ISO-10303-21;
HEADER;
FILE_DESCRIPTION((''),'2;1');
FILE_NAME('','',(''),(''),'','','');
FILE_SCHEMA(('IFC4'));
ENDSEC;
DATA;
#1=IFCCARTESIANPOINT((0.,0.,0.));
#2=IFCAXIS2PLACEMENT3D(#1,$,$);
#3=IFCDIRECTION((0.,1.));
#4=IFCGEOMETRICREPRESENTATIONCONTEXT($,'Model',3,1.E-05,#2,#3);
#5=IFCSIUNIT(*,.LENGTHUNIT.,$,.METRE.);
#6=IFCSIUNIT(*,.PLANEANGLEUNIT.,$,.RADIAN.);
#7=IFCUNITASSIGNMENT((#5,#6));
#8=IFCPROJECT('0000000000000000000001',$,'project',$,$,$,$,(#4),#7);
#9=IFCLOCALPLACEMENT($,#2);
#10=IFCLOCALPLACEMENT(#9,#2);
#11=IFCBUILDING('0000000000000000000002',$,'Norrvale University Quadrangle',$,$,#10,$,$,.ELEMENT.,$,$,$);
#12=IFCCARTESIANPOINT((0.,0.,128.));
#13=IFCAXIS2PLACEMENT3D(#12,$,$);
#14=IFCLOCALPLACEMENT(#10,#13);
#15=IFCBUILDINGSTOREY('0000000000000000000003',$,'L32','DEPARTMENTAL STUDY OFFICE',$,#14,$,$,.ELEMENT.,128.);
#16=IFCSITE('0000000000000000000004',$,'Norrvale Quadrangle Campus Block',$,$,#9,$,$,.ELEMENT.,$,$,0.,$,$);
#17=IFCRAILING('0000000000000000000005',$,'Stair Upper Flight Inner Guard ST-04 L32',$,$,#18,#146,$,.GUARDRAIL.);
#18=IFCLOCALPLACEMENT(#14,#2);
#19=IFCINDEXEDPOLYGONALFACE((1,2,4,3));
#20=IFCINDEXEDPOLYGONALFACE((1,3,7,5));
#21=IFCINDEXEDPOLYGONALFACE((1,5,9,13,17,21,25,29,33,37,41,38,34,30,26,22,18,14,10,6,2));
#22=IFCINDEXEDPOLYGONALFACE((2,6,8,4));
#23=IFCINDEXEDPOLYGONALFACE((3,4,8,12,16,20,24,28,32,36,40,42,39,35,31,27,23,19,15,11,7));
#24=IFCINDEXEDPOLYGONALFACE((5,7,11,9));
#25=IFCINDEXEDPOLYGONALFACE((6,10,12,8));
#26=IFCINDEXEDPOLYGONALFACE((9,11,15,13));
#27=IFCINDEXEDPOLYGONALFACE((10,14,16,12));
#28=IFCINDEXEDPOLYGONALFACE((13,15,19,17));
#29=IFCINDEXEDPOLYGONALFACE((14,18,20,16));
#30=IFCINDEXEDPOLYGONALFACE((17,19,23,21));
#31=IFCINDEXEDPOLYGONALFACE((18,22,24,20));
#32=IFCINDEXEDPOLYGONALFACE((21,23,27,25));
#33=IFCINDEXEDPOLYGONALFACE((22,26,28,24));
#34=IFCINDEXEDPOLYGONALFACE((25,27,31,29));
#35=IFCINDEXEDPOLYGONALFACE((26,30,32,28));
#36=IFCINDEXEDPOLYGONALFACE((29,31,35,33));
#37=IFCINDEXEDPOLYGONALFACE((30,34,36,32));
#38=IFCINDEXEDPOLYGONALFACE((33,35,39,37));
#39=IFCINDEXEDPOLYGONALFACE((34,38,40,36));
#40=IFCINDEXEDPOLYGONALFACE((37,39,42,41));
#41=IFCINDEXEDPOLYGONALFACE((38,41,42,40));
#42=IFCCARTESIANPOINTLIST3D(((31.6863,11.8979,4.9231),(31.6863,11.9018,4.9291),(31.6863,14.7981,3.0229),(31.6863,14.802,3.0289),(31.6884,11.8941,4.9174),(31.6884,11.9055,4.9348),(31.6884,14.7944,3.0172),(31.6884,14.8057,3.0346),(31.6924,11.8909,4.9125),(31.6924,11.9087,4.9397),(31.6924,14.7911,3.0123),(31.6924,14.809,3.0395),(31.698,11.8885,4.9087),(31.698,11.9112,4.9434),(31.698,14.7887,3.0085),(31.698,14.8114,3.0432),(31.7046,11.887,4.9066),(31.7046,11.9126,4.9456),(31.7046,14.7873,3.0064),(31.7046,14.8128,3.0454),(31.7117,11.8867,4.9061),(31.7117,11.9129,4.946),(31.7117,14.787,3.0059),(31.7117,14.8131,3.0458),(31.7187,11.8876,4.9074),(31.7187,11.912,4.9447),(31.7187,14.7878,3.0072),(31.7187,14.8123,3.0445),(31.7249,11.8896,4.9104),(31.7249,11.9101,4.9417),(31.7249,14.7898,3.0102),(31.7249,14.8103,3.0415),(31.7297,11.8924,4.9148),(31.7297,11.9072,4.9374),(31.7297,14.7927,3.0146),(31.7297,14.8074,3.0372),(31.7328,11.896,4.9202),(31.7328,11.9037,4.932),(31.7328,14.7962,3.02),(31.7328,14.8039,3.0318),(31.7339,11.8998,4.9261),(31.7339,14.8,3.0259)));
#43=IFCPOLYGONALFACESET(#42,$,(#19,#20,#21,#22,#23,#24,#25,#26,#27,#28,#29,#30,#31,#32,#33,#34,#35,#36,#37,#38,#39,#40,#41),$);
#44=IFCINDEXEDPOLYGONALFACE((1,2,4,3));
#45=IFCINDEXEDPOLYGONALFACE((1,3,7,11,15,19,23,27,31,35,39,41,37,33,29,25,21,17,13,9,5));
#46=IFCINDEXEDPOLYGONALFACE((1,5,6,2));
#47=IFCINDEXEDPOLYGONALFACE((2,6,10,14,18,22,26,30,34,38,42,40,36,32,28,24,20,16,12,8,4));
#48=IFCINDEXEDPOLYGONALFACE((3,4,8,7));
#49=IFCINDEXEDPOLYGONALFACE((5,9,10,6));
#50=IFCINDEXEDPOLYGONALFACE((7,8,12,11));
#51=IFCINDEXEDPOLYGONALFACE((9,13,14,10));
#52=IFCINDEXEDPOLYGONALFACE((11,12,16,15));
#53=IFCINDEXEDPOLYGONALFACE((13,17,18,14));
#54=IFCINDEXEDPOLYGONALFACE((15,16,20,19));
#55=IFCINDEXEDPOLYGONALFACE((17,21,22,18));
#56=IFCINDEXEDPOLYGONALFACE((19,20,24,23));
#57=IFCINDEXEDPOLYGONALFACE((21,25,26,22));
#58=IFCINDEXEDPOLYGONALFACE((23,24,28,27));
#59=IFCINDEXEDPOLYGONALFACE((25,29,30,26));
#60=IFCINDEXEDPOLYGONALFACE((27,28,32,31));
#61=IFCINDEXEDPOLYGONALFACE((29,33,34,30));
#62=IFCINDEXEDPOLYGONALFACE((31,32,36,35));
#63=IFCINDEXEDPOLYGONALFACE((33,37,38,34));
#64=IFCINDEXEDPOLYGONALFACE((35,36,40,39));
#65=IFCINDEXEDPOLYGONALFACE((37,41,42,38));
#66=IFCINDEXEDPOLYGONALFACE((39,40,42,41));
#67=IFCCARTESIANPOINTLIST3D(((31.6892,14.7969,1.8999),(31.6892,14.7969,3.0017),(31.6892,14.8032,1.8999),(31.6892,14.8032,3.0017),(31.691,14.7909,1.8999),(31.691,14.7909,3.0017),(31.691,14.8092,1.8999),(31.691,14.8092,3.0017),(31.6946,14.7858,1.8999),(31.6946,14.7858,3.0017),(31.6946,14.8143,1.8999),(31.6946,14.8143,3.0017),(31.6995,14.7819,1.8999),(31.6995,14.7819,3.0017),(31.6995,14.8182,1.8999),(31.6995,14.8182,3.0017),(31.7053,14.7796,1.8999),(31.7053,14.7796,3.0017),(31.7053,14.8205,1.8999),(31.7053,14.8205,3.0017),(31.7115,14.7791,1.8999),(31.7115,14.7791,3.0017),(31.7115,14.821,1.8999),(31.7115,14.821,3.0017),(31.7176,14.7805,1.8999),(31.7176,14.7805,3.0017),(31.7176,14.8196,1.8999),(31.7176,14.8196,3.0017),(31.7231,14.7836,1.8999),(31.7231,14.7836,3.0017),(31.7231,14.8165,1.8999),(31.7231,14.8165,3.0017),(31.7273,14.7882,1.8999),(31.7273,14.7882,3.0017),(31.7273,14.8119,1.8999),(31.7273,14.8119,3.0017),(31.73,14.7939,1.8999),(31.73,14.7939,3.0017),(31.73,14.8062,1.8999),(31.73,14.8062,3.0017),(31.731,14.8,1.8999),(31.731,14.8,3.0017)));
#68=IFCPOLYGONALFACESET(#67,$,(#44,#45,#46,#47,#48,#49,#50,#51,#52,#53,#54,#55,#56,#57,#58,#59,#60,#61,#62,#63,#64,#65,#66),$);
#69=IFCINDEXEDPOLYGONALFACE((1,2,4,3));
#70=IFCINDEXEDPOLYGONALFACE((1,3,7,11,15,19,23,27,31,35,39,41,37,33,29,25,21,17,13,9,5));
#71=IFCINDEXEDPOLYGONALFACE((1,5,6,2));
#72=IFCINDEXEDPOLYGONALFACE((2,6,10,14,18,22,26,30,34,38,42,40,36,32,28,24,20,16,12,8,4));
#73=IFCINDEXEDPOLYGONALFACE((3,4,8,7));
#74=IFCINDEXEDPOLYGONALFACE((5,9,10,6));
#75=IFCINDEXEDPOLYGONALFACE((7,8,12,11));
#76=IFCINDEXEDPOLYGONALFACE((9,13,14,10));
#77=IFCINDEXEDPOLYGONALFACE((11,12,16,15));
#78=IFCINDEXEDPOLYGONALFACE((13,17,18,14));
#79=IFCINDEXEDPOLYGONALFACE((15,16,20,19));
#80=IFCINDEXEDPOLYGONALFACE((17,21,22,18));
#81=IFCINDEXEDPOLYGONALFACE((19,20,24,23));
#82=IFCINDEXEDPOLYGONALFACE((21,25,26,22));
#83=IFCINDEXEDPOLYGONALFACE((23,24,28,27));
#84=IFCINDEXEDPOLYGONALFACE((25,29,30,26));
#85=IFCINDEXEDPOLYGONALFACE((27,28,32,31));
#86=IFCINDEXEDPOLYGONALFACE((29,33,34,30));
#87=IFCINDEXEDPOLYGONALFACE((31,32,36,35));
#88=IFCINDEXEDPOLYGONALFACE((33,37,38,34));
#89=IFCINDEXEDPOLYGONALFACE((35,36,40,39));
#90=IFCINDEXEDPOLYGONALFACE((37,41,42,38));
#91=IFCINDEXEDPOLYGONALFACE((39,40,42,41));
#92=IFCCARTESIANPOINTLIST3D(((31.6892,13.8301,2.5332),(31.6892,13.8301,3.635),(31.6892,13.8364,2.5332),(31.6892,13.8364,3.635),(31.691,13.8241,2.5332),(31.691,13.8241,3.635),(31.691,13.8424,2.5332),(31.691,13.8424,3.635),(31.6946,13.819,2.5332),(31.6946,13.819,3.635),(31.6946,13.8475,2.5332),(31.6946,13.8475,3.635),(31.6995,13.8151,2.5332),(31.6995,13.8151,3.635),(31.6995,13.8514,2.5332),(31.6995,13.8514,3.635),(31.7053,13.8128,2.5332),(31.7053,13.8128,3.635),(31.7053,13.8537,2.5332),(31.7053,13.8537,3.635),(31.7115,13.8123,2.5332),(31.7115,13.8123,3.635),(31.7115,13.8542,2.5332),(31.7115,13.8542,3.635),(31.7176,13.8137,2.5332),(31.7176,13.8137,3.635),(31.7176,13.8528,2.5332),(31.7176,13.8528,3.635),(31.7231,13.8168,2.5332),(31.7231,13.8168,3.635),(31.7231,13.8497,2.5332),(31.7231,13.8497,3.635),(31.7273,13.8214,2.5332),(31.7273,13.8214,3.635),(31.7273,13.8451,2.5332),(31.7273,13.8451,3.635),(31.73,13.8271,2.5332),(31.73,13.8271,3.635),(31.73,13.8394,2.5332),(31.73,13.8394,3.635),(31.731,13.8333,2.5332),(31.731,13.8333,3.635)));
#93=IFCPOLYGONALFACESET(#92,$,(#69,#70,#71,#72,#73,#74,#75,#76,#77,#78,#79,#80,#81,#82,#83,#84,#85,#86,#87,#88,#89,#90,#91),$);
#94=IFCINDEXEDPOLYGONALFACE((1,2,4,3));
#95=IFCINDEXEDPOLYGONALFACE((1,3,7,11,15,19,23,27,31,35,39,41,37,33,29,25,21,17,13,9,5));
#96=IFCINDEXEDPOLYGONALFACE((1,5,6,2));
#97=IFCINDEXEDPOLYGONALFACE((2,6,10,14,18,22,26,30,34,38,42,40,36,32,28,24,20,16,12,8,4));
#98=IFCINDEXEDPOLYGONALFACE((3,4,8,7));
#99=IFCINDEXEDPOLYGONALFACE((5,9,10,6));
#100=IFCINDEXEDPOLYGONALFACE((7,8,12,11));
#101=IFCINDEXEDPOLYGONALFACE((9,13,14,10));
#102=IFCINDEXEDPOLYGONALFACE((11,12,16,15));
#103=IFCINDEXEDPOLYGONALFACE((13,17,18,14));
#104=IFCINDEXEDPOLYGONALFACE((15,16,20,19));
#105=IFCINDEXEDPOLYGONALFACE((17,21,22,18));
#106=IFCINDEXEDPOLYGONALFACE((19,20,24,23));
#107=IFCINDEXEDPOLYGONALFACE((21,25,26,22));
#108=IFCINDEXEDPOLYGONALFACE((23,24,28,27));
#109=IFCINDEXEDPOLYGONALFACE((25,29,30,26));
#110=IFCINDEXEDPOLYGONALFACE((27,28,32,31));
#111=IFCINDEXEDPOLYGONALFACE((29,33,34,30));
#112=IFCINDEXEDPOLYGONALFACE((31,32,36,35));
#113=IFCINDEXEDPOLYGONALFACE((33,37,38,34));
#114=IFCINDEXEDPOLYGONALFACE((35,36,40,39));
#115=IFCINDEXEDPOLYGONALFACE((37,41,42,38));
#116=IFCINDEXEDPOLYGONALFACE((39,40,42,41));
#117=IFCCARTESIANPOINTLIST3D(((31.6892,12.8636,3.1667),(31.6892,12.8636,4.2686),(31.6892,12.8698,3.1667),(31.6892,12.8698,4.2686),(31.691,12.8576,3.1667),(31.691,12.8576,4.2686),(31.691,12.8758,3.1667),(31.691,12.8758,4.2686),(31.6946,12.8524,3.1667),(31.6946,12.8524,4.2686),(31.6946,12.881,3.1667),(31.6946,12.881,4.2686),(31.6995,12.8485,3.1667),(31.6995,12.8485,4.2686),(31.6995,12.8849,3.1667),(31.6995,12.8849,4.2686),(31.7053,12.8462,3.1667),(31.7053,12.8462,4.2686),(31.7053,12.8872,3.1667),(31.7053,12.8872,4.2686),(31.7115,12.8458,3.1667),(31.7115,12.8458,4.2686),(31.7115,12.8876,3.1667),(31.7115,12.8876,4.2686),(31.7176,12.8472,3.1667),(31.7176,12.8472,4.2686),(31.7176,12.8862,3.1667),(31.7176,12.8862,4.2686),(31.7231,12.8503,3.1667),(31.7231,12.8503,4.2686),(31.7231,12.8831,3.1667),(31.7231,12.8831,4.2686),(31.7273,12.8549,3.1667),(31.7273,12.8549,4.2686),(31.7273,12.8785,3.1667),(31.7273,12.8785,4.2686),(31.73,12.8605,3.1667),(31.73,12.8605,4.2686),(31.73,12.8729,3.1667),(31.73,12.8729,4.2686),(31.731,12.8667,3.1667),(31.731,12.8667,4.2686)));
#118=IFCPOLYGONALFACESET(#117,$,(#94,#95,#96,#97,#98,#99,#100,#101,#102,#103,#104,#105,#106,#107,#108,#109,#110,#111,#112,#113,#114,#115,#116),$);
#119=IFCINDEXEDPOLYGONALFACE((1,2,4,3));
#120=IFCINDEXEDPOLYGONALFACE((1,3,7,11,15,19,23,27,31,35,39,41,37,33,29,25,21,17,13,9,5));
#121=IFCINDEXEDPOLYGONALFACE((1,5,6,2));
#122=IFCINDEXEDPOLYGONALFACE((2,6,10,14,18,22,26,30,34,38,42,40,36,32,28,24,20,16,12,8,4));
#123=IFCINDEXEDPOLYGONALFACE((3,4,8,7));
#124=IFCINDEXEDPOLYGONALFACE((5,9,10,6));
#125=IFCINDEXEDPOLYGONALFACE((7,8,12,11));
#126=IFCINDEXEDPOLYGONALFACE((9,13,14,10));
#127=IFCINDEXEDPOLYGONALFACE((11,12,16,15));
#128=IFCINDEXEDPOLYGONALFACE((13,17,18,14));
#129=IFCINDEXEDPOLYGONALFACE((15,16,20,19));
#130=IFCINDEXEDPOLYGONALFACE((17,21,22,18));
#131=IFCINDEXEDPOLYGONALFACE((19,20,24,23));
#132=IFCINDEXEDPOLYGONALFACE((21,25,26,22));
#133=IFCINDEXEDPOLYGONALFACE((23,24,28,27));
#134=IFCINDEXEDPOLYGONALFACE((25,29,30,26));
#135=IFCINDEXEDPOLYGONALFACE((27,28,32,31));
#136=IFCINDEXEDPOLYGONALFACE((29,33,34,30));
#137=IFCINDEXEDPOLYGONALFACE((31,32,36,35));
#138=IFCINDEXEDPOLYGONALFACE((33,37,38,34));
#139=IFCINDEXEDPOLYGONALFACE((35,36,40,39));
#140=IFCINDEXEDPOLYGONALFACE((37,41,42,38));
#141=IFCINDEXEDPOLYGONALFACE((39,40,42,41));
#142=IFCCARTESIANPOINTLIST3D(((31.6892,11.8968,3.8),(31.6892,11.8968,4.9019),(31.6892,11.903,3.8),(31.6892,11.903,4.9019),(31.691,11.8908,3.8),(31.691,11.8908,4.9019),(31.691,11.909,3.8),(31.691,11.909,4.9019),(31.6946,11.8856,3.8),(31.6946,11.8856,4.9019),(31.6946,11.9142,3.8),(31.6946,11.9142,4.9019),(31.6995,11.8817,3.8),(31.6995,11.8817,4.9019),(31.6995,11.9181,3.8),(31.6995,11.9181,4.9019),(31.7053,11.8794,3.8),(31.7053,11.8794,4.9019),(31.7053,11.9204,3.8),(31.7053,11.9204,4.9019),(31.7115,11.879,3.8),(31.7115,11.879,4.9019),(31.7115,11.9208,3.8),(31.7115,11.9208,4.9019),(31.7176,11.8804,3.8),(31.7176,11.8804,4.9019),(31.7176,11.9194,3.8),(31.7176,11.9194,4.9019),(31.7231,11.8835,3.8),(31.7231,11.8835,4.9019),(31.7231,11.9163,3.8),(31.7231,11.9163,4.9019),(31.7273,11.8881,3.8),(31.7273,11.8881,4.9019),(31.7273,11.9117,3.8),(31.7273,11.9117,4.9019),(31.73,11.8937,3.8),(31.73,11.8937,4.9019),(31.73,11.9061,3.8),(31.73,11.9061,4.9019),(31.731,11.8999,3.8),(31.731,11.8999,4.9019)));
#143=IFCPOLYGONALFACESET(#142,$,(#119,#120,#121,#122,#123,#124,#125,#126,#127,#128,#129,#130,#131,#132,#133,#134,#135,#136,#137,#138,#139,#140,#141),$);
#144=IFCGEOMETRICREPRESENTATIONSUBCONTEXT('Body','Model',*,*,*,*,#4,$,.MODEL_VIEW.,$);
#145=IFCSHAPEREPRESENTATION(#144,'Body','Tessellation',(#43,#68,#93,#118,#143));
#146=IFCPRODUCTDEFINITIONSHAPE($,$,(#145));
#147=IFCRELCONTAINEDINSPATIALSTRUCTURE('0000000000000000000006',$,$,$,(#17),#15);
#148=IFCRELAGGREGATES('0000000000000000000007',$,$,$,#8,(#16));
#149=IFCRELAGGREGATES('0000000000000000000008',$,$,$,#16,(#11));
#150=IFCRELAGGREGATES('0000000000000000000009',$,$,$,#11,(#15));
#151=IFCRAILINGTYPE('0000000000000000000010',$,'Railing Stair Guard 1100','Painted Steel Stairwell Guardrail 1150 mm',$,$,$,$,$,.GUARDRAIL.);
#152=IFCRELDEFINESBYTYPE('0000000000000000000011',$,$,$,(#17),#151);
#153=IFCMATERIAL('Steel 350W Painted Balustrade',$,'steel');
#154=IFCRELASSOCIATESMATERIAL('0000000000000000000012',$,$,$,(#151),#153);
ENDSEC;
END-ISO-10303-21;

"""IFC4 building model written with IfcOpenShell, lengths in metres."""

from ifc_helpers import new_model, si_unit, direction, frame, origin, origin_2d, place, context, subcontext, project, spatial, circle, extrude, material, type_object, element, save


model = new_model("IFC4")

# Units and contexts
model_context = context("Model", 3, precision=1e-05, world=origin(), true_north=direction((0.0, 1.0)))
body_context = subcontext(model_context, "Body", "Model", "MODEL_VIEW")
ifc_project = project(units=[si_unit("LENGTHUNIT", "METRE"), si_unit("PLANEANGLEUNIT", "RADIAN")], contexts=[model_context])

# Site, building, storey
site_placement = place(None, origin())
site = spatial("IfcSite", under=ifc_project, at=site_placement, Name="Norrvale Quadrangle Campus Block", CompositionType="ELEMENT", RefElevation=0.0)
building_placement = place(site_placement, origin())
building = spatial("IfcBuilding", under=site, at=building_placement, Name="Norrvale University Quadrangle", CompositionType="ELEMENT")
storey_placement = place(building_placement, frame((0.0, 0.0, 128.0)))
storey = spatial("IfcBuildingStorey", under=building, at=storey_placement, Name="L32", Description="DEPARTMENTAL STUDY OFFICE", CompositionType="ELEMENT", Elevation=128.0)

# Railing
ifc_material_1 = material(Name="Steel 350W Painted Balustrade", Category="steel")
railing_type_1 = type_object("IfcRailingType", Name="Railing Stair Guard 1100", Description="Painted Steel Stairwell Guardrail 1150 mm", PredefinedType="GUARDRAIL", material=ifc_material_1)
railing_1_placement = place(storey_placement, frame((31.71, 14.8, 1.8999)))
element("IfcRailing", 1, at=railing_1_placement, inside=storey, type_object=railing_type_1, Name="Stair Upper Flight Inner Guard ST-04 L32", PredefinedType="GUARDRAIL", context=body_context, shape_type="SweptSolid", body=[
    extrude(circle(Radius=0.0239, at=origin_2d()), frame((0.0, 0.0, 1.126), z_axis=(0.0, -0.836454, 0.548036), x_axis=(1.0, 0.0, 0.0)), (0.0, 0.0, 1.0), 3.4673),
    extrude(circle(Radius=0.021, at=origin_2d()), origin(), (0.0, 0.0, 1.0), 1.1018),
    extrude(circle(Radius=0.021, at=origin_2d()), frame((0.0, -0.9668, 0.6333)), (0.0, 0.0, 1.0), 1.1018),
    extrude(circle(Radius=0.021, at=origin_2d()), frame((0.0, -1.9333, 1.2668)), (0.0, 0.0, 1.0), 1.1018),
    extrude(circle(Radius=0.021, at=origin_2d()), frame((0.0, -2.9001, 1.9001)), (0.0, 0.0, 1.0), 1.1018),
])

save(model, "model.ifc")
